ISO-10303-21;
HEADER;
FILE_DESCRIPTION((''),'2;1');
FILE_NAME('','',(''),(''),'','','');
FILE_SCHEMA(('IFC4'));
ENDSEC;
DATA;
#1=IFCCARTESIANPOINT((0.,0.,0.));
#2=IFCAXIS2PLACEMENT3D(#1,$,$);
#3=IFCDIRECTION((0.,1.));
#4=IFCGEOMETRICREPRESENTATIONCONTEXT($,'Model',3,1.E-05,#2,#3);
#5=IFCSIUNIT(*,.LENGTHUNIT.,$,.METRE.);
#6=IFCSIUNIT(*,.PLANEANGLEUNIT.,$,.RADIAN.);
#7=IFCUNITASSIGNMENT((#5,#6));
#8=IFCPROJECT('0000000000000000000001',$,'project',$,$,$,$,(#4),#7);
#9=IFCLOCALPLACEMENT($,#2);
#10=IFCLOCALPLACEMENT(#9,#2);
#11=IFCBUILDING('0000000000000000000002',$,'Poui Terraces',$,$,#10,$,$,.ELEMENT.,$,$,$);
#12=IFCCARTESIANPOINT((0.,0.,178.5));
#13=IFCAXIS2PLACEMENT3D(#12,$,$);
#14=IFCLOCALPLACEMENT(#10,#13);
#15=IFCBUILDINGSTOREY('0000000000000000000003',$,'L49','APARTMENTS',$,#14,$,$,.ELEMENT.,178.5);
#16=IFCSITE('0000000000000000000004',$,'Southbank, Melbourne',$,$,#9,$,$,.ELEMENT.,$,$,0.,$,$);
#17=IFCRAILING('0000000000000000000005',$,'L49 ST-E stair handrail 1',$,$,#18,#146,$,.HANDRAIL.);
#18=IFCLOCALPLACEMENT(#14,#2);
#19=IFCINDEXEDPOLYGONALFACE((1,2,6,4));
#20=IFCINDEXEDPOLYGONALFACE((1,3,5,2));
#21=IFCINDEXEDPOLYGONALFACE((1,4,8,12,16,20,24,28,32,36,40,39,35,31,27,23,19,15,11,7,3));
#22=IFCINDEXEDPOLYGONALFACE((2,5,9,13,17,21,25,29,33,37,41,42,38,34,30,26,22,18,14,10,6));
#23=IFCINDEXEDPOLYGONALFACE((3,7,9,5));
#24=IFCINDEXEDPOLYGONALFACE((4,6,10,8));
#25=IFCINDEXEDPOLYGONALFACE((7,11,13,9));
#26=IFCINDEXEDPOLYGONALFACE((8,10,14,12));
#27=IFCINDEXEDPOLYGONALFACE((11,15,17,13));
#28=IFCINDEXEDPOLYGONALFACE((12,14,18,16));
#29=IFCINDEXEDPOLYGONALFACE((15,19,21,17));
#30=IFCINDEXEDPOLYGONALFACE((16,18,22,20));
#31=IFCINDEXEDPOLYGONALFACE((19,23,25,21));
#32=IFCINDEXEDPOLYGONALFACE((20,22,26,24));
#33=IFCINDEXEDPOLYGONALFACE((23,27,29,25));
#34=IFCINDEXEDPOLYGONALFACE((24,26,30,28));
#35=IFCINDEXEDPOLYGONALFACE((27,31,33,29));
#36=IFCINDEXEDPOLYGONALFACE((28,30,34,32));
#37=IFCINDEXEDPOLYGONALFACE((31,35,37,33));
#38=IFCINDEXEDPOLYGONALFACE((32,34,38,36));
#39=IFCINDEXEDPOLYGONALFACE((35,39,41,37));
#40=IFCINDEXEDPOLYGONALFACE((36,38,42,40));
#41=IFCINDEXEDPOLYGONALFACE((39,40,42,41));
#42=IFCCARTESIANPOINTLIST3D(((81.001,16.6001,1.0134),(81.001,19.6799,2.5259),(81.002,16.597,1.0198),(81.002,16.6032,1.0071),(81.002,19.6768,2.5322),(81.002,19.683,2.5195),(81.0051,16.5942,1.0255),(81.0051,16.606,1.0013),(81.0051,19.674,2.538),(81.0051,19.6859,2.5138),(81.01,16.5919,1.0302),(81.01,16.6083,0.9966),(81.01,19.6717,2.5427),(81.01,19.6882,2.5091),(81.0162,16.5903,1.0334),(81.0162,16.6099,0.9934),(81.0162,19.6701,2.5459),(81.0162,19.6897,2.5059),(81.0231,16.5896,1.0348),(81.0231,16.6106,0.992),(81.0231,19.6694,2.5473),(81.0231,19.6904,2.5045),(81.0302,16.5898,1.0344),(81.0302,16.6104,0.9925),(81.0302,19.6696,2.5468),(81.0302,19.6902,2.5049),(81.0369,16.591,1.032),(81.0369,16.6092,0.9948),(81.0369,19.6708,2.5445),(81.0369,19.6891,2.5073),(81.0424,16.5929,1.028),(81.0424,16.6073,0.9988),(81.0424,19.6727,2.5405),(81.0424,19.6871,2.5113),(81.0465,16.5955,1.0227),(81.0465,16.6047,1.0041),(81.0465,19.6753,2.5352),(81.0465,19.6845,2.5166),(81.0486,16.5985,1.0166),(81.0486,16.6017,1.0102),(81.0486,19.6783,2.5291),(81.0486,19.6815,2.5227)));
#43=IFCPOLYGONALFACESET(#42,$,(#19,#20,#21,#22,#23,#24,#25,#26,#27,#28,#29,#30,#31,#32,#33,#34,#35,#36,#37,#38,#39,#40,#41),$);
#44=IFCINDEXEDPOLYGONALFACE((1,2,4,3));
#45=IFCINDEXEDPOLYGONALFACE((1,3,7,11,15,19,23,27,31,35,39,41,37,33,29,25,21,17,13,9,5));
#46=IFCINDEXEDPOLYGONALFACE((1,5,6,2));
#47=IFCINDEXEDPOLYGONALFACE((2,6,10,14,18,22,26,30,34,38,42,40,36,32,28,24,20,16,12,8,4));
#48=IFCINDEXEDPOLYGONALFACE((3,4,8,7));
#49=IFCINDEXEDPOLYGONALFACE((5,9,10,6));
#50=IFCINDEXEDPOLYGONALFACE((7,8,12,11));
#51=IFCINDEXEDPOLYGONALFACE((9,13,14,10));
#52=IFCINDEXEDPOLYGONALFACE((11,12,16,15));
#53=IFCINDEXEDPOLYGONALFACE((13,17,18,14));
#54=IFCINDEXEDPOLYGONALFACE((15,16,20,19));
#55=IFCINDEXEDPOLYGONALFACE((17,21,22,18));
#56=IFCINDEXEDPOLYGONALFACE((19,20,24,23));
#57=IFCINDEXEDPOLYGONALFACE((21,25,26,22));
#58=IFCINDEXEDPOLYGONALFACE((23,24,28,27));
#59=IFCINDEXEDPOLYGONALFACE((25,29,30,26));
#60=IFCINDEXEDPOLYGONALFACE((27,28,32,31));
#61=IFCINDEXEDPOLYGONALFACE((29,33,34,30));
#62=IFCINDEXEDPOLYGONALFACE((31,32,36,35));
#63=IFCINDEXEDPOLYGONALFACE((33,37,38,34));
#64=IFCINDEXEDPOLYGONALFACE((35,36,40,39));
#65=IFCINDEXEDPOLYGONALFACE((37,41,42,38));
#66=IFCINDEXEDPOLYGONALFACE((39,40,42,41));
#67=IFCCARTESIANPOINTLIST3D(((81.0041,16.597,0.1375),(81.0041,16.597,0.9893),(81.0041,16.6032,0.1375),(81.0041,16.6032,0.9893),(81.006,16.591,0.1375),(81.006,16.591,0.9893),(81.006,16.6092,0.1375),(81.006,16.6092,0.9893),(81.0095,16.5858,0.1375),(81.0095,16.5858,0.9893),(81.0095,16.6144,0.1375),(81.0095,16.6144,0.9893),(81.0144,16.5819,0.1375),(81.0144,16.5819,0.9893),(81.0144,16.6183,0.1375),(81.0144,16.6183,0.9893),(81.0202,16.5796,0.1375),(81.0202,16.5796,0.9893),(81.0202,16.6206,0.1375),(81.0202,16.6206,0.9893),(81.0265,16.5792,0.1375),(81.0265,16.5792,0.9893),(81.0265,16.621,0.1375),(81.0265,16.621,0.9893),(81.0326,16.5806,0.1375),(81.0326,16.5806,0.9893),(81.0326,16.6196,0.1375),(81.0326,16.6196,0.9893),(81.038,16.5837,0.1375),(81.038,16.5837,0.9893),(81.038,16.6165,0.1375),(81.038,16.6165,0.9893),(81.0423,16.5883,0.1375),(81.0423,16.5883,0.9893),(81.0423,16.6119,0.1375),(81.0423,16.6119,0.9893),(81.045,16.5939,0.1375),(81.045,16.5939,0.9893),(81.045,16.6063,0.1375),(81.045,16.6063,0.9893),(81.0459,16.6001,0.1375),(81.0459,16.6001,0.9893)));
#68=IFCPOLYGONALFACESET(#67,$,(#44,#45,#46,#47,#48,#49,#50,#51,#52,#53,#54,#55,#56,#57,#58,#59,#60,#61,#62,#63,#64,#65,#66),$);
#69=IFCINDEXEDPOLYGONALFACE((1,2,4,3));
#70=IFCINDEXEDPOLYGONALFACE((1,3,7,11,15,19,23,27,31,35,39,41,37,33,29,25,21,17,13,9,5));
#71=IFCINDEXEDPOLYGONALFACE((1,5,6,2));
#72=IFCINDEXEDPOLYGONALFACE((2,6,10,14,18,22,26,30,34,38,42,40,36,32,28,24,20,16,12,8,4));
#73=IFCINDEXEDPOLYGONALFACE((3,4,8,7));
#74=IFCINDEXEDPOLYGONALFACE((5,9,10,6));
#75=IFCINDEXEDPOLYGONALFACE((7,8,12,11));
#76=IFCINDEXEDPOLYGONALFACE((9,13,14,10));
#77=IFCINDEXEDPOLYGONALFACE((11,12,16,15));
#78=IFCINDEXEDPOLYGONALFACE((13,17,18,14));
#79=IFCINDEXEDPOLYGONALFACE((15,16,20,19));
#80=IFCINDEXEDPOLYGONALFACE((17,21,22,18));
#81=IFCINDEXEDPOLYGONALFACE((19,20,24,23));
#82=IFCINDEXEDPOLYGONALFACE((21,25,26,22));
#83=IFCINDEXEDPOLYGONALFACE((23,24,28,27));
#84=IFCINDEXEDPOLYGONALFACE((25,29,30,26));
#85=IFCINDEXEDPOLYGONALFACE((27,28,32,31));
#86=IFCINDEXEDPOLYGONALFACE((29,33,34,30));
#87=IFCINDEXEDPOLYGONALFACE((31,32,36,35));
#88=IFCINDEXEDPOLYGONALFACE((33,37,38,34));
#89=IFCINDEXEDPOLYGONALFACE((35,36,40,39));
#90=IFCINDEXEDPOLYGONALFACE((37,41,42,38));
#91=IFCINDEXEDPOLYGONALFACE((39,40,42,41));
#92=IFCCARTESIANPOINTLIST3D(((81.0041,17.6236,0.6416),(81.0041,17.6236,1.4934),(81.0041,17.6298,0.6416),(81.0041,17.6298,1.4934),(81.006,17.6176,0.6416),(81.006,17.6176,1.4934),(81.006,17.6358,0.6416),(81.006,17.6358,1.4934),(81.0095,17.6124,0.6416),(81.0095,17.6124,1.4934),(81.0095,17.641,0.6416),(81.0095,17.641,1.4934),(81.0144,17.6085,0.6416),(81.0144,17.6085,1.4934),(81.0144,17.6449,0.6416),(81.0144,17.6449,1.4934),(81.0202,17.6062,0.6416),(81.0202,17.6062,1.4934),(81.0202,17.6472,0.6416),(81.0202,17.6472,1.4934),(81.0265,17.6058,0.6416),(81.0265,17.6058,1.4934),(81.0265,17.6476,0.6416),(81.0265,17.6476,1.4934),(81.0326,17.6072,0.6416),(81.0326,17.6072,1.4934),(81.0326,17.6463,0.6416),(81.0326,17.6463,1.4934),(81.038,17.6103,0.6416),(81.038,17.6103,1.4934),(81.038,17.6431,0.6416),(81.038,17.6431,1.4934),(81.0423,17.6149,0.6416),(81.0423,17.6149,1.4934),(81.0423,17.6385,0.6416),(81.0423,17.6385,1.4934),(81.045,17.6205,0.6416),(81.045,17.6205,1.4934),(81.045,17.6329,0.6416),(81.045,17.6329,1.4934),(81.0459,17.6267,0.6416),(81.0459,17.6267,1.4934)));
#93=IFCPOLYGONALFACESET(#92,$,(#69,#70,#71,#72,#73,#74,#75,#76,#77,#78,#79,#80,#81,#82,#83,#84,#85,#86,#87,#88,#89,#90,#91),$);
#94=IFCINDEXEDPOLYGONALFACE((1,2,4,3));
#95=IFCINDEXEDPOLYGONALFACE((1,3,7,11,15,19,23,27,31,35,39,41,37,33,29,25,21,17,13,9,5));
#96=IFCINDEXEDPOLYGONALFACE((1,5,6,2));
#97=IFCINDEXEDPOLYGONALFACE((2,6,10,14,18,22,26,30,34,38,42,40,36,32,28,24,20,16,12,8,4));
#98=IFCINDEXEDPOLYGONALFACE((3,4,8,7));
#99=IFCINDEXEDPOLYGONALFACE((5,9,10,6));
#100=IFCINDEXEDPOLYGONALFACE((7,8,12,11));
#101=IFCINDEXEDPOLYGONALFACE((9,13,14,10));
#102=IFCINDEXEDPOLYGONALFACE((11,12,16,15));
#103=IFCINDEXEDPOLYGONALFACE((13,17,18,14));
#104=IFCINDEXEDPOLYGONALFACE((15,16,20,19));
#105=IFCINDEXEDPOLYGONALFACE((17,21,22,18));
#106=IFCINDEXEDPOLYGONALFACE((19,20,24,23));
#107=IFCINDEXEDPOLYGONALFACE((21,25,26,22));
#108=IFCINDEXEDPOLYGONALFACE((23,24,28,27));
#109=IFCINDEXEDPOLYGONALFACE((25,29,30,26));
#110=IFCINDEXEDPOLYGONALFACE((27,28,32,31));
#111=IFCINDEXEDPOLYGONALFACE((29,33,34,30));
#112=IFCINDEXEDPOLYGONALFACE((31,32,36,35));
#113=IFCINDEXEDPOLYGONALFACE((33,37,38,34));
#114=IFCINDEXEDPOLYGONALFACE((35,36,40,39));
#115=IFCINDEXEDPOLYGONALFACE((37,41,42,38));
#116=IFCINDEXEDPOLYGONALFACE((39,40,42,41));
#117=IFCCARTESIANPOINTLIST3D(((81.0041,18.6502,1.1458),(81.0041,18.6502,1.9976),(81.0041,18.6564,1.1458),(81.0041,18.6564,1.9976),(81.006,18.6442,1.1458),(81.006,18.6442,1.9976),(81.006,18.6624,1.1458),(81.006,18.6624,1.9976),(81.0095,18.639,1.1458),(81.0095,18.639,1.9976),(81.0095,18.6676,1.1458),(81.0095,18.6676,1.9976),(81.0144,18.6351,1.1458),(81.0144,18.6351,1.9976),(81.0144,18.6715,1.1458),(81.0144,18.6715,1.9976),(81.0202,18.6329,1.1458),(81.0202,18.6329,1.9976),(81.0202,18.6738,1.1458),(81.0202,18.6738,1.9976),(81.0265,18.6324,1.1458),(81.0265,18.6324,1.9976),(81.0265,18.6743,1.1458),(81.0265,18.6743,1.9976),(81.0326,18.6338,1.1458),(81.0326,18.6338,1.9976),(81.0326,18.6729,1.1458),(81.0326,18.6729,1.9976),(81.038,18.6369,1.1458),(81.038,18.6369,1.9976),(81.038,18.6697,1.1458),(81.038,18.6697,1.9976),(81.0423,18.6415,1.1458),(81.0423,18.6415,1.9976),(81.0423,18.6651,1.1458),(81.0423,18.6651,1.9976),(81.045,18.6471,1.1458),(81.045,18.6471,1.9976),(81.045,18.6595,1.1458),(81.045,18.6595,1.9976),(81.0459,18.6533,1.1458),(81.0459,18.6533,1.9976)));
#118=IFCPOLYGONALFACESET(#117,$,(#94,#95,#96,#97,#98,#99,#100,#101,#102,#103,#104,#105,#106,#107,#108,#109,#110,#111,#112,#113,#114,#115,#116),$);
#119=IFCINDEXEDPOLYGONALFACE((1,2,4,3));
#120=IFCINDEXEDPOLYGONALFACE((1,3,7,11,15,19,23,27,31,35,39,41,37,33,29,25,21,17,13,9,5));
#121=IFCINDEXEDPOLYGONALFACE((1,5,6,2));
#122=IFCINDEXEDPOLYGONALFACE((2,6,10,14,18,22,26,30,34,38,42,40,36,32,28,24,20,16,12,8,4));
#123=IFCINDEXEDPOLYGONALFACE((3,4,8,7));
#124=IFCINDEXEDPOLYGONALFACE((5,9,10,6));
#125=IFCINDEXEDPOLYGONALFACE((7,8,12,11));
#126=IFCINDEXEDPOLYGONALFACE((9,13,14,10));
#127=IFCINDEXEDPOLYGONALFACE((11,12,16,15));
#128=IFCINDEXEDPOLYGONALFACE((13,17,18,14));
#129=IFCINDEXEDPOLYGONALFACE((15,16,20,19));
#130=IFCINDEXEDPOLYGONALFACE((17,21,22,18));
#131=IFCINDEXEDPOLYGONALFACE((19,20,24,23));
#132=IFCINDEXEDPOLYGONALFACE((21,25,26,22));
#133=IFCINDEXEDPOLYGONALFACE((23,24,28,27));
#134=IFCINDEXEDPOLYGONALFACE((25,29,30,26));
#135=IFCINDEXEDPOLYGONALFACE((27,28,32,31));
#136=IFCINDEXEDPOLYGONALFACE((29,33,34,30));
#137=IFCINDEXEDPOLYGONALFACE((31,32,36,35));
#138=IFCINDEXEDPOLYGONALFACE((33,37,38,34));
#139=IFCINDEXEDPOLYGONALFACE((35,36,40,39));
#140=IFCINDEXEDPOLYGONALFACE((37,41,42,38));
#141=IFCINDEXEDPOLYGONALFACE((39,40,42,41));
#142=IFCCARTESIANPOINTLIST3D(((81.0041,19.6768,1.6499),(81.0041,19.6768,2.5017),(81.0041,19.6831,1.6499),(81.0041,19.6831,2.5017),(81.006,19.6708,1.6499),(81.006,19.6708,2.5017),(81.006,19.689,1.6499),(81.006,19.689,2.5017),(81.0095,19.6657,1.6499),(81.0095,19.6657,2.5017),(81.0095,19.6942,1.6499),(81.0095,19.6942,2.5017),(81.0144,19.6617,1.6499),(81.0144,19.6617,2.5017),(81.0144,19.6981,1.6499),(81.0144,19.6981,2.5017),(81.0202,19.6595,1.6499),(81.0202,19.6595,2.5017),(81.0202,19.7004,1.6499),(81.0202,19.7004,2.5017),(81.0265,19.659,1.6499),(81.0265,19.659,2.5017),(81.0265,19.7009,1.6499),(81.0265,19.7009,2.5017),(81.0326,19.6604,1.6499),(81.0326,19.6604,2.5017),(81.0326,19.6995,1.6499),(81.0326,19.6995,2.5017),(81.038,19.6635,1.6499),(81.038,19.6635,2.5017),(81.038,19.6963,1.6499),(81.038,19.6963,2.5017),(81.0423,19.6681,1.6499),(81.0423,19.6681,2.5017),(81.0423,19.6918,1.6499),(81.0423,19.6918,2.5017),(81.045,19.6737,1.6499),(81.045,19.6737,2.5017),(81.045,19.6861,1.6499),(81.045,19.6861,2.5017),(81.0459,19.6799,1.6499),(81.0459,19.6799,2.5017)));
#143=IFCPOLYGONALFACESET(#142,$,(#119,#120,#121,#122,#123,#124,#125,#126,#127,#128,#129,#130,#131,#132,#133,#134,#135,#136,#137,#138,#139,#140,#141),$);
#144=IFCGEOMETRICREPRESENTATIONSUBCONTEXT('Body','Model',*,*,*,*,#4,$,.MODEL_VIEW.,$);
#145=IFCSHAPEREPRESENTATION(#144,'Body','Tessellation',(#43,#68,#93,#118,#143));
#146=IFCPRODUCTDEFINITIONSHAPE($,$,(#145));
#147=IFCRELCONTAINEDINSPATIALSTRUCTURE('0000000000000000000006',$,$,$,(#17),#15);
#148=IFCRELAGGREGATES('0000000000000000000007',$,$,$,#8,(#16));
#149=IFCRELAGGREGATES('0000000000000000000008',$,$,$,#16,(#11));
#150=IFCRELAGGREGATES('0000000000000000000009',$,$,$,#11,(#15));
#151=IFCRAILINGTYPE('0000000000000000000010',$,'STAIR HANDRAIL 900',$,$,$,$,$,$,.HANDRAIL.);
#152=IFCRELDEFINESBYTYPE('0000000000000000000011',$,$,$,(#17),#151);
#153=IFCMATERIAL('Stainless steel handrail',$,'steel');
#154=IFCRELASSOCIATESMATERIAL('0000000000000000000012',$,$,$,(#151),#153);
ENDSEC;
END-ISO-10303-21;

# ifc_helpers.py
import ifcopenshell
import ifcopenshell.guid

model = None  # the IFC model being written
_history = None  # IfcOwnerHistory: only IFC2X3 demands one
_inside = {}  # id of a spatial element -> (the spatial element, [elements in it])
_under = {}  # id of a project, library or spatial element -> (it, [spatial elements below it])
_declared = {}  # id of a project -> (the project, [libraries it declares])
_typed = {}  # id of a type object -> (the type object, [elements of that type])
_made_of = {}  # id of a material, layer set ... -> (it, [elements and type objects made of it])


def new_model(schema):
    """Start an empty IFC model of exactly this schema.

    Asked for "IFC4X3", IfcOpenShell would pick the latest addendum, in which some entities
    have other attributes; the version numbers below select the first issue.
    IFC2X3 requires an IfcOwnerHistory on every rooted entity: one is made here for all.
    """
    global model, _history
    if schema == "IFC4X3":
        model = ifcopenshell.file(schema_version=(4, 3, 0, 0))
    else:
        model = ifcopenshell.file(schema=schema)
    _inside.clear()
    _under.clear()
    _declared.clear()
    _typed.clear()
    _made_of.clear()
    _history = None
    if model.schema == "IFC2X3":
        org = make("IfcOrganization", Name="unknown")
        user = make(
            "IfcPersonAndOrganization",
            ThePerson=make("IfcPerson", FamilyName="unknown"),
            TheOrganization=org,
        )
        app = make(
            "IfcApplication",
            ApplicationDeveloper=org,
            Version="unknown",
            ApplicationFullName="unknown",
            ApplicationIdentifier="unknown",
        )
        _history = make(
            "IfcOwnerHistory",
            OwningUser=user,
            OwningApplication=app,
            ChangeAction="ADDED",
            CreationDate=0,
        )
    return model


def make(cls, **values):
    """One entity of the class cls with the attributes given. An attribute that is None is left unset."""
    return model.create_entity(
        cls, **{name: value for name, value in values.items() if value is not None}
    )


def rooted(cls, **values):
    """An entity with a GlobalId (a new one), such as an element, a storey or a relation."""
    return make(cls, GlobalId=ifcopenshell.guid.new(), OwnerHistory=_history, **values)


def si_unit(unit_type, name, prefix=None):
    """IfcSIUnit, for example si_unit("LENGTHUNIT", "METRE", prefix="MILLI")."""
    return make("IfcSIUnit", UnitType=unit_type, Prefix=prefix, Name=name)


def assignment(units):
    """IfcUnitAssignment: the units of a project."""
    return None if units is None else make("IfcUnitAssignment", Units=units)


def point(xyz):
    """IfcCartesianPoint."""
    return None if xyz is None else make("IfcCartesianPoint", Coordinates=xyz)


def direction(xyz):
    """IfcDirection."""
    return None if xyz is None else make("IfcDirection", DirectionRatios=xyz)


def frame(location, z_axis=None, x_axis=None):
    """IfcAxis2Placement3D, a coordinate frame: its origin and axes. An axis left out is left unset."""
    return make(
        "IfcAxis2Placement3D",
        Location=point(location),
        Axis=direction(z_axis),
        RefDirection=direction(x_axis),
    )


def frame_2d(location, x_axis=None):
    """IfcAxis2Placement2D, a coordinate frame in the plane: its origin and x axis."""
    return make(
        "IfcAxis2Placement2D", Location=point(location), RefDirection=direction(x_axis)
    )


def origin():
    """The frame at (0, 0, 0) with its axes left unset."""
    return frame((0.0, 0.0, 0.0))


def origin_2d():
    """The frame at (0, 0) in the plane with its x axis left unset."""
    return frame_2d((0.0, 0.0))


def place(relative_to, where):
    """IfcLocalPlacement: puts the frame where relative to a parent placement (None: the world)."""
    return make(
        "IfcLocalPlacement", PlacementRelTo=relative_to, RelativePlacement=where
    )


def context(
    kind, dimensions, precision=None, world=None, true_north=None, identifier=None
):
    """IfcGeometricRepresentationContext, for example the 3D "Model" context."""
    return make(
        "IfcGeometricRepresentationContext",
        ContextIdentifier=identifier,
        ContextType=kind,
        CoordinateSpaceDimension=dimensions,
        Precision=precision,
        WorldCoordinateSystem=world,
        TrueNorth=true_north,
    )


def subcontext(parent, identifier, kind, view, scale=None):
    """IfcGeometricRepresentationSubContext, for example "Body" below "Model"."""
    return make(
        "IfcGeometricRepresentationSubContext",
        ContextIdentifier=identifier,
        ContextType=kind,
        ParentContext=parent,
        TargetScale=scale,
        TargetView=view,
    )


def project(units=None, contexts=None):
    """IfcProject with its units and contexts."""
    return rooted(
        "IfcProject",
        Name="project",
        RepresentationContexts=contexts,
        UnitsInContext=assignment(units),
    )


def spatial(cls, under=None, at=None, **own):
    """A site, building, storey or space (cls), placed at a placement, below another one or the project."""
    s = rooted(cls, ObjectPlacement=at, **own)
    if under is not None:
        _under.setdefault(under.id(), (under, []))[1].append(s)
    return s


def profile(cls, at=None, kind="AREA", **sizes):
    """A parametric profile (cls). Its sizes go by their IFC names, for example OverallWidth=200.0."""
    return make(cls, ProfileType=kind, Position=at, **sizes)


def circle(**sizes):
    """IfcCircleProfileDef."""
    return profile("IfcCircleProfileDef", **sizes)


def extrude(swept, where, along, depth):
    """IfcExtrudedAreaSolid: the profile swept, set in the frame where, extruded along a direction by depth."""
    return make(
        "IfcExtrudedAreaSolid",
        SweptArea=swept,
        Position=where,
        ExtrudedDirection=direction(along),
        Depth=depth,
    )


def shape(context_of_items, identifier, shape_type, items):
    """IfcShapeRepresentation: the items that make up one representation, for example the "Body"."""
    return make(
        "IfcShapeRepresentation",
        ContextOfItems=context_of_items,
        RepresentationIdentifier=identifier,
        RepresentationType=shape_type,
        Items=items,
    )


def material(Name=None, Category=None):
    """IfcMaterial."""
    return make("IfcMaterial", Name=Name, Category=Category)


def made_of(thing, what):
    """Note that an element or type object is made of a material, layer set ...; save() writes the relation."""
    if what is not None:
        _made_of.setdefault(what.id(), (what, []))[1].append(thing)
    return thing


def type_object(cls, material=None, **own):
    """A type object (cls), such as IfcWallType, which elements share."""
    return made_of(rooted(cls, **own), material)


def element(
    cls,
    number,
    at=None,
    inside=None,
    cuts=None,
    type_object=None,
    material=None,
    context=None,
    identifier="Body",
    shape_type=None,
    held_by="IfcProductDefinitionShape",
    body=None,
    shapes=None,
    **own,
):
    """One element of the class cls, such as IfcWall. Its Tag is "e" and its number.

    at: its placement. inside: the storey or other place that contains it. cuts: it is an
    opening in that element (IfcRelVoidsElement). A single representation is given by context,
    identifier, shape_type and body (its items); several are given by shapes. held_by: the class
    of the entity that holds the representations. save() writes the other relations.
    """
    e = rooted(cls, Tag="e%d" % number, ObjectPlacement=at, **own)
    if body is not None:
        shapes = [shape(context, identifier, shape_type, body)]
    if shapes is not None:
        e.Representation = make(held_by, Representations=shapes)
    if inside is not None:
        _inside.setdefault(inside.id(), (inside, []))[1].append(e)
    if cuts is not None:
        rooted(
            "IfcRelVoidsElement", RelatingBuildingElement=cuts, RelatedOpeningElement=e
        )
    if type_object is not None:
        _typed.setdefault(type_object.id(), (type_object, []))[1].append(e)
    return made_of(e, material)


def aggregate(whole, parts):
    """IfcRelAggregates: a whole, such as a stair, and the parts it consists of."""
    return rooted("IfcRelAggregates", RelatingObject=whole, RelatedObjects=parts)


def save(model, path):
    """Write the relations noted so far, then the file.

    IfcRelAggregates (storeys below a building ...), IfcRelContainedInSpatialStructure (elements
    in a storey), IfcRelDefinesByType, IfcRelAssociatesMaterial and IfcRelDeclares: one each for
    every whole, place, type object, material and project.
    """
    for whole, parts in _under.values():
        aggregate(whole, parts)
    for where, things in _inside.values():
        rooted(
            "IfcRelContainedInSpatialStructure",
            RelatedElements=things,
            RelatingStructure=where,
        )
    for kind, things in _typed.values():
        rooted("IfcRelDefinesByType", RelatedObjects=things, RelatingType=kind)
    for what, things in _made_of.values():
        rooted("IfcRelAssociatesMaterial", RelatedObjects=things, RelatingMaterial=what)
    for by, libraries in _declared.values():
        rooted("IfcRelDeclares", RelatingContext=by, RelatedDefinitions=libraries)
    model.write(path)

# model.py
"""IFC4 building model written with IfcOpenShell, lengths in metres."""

from ifc_helpers import new_model, si_unit, direction, frame, origin, origin_2d, place, context, subcontext, project, spatial, circle, extrude, material, type_object, element, save


model = new_model("IFC4")

# Units and contexts
model_context = context("Model", 3, precision=1e-05, world=origin(), true_north=direction((0.0, 1.0)))
body_context = subcontext(model_context, "Body", "Model", "MODEL_VIEW")
ifc_project = project(units=[si_unit("LENGTHUNIT", "METRE"), si_unit("PLANEANGLEUNIT", "RADIAN")], contexts=[model_context])

# Site, building, storey
site_placement = place(None, origin())
site = spatial("IfcSite", under=ifc_project, at=site_placement, Name="Southbank, Melbourne", CompositionType="ELEMENT", RefElevation=0.0)
building_placement = place(site_placement, origin())
building = spatial("IfcBuilding", under=site, at=building_placement, Name="Poui Terraces", CompositionType="ELEMENT")
storey_placement = place(building_placement, frame((0.0, 0.0, 178.5)))
storey = spatial("IfcBuildingStorey", under=building, at=storey_placement, Name="L49", Description="APARTMENTS", CompositionType="ELEMENT", Elevation=178.5)

# Railing
ifc_material_1 = material(Name="Stainless steel handrail", Category="steel")
railing_type_1 = type_object("IfcRailingType", Name="STAIR HANDRAIL 900", PredefinedType="HANDRAIL", material=ifc_material_1)
railing_1_placement = place(storey_placement, frame((81.0249, 16.6001, 0.1375)))
element("IfcRailing", 1, at=railing_1_placement, inside=storey, type_object=railing_type_1, Name="L49 ST-E stair handrail 1", PredefinedType="HANDRAIL", context=body_context, shape_type="SweptSolid", body=[
    extrude(circle(Radius=0.0239, at=origin_2d()), frame((0.0, 0.0, 0.876), z_axis=(0.0, 0.897606, 0.440798), x_axis=(-1.0, 0.0, 0.0)), (0.0, 0.0, 1.0), 3.4312),
    extrude(circle(Radius=0.021, at=origin_2d()), origin(), (0.0, 0.0, 1.0), 0.8518),
    extrude(circle(Radius=0.021, at=origin_2d()), frame((0.0, 1.0266, 0.5042)), (0.0, 0.0, 1.0), 0.8518),
    extrude(circle(Radius=0.021, at=origin_2d()), frame((0.0, 2.0532, 1.0083)), (0.0, 0.0, 1.0), 0.8518),
    extrude(circle(Radius=0.021, at=origin_2d()), frame((0.0, 3.0798, 1.5125)), (0.0, 0.0, 1.0), 0.8518),
])

save(model, "model.ifc")
